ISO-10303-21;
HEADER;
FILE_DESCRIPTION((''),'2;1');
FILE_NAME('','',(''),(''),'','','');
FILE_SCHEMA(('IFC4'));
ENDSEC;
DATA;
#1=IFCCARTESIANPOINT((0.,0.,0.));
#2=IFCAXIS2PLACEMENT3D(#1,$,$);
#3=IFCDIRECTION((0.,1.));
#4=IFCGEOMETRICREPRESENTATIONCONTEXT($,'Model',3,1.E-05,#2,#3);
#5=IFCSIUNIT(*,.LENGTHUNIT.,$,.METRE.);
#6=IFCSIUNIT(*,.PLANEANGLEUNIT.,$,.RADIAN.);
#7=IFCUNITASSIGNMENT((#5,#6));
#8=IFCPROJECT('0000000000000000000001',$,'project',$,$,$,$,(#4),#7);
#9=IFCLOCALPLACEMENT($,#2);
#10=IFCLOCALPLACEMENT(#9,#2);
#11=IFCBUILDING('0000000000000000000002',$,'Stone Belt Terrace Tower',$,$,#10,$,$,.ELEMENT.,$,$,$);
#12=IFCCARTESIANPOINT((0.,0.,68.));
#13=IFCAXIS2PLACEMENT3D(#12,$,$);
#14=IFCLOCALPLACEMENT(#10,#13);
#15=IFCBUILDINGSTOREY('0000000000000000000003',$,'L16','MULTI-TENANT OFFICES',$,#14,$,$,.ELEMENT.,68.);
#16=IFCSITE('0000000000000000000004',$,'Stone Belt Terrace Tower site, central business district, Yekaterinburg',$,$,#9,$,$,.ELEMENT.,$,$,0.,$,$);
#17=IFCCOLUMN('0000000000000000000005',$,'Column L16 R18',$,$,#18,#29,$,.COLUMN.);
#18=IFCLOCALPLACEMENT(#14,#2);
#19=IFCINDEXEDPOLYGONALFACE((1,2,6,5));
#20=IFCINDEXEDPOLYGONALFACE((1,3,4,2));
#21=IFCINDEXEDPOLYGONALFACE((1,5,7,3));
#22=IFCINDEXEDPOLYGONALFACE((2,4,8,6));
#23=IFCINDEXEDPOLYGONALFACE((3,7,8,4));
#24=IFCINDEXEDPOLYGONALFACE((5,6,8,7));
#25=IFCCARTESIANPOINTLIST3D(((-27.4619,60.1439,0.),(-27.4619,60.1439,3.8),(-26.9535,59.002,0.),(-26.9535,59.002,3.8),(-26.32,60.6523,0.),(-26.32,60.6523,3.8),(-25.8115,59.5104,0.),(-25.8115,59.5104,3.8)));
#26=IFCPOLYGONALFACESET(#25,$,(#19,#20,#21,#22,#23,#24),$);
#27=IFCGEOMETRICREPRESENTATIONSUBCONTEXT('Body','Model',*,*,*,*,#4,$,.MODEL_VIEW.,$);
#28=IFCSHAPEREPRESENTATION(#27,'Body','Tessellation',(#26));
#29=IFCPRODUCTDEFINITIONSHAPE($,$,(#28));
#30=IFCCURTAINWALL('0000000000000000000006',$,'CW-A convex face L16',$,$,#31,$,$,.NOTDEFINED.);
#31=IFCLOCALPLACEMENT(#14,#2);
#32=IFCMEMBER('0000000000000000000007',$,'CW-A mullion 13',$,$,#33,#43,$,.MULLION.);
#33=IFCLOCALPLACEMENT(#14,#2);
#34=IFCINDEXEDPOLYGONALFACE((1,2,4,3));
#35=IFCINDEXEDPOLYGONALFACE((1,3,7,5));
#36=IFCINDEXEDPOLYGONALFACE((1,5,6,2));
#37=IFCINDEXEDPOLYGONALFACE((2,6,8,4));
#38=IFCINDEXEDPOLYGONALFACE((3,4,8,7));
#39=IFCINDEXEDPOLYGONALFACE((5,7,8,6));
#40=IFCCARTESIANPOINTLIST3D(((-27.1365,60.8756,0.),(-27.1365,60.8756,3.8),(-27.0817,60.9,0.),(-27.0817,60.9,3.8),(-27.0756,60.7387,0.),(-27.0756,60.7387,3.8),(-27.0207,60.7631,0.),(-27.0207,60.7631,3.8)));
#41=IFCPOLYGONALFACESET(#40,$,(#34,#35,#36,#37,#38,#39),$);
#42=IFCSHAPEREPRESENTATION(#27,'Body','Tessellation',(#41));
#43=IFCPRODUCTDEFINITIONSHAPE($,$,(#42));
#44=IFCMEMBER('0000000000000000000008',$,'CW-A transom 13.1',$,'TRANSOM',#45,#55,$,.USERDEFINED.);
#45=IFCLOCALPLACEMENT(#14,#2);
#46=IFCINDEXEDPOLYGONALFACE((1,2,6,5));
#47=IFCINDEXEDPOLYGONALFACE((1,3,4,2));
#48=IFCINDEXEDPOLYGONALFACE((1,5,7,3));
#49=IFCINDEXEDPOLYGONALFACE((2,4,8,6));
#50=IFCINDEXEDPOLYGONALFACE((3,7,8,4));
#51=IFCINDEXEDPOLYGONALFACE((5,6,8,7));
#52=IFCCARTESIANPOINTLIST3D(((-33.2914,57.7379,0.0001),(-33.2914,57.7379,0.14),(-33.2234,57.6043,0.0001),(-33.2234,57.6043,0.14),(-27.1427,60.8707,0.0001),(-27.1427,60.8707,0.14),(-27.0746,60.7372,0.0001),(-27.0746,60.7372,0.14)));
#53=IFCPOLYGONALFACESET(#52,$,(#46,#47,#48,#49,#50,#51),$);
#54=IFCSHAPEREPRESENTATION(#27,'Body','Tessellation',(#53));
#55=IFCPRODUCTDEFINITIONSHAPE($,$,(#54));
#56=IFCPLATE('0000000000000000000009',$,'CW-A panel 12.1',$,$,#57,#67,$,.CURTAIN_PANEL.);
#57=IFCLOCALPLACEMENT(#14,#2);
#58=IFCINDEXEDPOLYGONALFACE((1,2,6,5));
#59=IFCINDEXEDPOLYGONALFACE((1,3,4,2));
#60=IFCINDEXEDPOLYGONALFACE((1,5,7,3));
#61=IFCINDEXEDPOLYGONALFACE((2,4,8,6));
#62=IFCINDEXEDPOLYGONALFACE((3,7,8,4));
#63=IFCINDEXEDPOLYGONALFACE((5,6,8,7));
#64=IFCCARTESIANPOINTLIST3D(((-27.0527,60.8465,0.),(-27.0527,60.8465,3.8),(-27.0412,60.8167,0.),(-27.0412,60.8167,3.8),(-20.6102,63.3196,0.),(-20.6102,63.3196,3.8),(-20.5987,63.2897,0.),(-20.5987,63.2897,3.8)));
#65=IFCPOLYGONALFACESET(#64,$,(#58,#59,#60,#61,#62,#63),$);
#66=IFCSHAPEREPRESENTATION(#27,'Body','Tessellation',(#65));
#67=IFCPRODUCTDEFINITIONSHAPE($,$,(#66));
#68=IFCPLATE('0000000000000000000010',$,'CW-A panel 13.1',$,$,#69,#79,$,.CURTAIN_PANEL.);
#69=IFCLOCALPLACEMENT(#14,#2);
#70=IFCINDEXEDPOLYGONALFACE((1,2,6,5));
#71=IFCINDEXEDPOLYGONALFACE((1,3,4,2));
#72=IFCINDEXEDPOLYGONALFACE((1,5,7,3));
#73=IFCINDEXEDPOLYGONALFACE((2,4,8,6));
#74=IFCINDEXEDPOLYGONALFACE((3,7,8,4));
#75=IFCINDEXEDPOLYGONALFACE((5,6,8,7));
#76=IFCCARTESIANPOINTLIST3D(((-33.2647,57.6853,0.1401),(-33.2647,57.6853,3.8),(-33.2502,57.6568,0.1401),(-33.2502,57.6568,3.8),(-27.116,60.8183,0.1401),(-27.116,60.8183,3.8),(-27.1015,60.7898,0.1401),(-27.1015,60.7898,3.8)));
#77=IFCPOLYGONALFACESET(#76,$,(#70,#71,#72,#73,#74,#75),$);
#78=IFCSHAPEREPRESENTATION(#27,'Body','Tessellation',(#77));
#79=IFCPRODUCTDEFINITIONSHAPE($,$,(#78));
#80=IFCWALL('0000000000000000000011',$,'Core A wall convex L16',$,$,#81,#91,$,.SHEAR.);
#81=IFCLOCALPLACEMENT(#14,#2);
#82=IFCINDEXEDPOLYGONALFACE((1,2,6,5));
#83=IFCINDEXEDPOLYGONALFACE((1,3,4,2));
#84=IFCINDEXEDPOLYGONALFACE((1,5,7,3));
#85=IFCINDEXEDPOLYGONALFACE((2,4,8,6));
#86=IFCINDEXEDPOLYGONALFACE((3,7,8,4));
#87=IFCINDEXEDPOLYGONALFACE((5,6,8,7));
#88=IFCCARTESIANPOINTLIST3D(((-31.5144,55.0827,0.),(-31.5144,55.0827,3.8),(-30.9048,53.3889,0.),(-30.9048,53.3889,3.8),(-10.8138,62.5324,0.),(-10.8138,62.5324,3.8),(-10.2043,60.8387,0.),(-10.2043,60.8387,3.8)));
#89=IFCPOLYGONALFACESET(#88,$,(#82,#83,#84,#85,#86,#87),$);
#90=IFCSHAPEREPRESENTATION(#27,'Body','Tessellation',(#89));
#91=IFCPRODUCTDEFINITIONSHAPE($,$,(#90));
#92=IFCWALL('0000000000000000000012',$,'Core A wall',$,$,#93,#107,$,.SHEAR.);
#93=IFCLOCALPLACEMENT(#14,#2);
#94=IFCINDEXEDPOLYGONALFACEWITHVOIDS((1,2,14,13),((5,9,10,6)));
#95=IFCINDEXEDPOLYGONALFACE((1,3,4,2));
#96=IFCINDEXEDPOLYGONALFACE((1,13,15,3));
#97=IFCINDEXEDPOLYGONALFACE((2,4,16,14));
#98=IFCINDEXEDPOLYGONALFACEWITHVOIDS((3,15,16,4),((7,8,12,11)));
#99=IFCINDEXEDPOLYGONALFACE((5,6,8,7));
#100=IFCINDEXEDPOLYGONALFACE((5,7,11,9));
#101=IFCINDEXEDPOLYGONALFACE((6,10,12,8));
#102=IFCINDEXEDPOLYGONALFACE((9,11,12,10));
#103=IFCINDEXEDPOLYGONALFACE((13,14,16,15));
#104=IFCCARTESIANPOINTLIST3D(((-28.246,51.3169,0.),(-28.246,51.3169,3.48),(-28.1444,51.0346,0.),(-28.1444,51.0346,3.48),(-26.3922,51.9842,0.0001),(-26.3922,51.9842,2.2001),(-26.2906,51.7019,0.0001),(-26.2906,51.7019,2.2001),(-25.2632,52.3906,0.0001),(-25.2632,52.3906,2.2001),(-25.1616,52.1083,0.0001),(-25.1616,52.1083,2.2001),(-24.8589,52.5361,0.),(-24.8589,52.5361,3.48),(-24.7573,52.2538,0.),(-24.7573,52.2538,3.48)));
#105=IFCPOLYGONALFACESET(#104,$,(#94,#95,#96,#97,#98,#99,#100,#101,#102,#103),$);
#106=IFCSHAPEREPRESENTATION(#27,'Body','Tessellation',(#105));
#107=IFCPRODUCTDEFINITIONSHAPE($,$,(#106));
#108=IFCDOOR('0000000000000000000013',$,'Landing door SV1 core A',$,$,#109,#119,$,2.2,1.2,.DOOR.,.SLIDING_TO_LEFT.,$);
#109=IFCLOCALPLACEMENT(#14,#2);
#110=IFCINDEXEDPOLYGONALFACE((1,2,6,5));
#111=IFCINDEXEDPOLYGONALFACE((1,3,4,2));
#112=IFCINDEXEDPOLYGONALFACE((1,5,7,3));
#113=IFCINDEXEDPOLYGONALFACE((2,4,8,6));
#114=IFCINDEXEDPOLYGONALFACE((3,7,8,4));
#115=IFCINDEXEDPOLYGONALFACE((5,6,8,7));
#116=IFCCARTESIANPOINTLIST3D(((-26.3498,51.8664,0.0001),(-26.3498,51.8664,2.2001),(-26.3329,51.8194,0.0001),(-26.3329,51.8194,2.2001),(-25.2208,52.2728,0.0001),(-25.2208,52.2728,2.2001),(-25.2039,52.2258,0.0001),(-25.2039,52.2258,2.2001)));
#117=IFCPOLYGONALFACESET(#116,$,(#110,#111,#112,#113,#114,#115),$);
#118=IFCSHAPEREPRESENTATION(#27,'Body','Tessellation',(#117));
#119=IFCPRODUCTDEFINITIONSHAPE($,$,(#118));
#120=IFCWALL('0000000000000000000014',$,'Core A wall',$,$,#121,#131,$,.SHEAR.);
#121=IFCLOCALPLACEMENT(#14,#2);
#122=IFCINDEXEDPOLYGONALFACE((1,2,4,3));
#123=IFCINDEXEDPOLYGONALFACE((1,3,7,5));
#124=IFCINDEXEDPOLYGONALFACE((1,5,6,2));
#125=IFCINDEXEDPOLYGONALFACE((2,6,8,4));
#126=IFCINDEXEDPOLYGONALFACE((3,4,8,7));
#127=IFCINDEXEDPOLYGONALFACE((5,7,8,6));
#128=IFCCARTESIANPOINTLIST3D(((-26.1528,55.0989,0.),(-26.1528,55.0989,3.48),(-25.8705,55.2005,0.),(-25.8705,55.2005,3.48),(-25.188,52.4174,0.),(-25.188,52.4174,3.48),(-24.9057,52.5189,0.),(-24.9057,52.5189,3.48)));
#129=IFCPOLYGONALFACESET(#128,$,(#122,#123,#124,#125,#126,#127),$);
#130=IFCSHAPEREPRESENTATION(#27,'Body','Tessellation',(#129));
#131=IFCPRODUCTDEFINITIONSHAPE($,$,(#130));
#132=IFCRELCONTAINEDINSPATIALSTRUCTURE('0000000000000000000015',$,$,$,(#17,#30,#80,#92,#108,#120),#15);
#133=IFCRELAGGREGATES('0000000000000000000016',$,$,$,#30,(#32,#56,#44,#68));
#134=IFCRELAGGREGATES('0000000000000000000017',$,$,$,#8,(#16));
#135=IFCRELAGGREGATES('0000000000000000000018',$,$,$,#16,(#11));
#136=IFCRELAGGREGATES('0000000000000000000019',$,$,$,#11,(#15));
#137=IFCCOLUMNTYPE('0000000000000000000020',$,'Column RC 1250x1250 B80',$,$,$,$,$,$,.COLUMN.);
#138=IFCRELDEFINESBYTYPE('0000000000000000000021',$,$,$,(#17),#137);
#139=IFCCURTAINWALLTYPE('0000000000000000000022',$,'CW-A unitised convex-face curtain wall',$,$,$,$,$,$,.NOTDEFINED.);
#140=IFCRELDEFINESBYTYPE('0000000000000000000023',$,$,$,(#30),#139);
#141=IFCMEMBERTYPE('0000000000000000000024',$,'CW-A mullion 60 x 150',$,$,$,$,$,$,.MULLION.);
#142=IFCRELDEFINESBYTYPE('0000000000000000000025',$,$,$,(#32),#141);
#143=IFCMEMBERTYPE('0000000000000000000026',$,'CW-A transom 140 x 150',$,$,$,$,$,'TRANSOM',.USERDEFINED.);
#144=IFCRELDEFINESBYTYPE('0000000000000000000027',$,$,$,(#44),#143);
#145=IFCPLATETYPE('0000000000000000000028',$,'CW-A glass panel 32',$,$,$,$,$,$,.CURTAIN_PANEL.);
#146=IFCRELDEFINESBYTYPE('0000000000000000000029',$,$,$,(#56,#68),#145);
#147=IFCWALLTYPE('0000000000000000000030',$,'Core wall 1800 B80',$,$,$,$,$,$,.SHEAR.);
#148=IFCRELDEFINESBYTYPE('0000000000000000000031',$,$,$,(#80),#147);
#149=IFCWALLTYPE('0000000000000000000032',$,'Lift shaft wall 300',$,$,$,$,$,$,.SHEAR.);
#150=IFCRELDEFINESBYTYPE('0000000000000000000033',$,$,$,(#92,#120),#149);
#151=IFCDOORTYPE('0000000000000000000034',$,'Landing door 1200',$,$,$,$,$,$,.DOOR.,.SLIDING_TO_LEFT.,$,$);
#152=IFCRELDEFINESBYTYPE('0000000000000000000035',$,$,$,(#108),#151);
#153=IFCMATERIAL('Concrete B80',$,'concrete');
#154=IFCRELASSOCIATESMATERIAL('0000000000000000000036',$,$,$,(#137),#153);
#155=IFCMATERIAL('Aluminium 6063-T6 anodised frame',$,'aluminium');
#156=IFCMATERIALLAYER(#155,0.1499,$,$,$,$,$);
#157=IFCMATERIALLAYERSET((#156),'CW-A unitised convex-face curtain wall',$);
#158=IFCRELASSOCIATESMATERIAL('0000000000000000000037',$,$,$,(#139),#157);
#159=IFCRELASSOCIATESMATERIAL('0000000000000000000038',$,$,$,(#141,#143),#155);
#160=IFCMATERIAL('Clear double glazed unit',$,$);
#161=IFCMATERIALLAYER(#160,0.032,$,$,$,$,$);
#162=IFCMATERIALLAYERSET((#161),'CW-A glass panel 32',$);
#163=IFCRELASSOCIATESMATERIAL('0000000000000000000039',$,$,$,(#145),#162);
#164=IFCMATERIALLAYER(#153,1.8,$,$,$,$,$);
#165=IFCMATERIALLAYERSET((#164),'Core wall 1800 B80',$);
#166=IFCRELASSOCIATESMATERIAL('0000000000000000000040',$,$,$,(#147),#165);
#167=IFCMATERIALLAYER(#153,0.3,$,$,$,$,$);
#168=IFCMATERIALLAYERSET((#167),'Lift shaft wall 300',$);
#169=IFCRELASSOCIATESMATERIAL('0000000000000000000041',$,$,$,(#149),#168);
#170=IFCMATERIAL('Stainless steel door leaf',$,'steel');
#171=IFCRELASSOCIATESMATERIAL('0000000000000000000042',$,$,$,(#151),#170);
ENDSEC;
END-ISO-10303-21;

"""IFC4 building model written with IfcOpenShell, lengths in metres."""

from ifc_helpers import new_model, si_unit, direction, frame, frame_2d, origin, origin_2d, place, context, subcontext, project, spatial, rectangle, extrude, material, layer, layer_set, material_profile, profile_set, type_object, element, fill, aggregate, save


model = new_model("IFC4")

# Units and contexts
model_context = context("Model", 3, precision=1e-05, world=origin(), true_north=direction((0.0, 1.0)))
body_context = subcontext(model_context, "Body", "Model", "MODEL_VIEW")
ifc_project = project(units=[si_unit("LENGTHUNIT", "METRE"), si_unit("PLANEANGLEUNIT", "RADIAN")], contexts=[model_context])

# Site, building, storey
site_placement = place(None, origin())
site = spatial("IfcSite", under=ifc_project, at=site_placement, Name="Stone Belt Terrace Tower site, central business district, Yekaterinburg", CompositionType="ELEMENT", RefElevation=0.0)
building_placement = place(site_placement, origin())
building = spatial("IfcBuilding", under=site, at=building_placement, Name="Stone Belt Terrace Tower", CompositionType="ELEMENT")
storey_placement = place(building_placement, frame((0.0, 0.0, 68.0)))
storey = spatial("IfcBuildingStorey", under=building, at=storey_placement, Name="L16", Description="MULTI-TENANT OFFICES", CompositionType="ELEMENT", Elevation=68.0)

# Column
ifc_material_1 = material(Name="Concrete B80", Category="concrete")
ifc_material_profile_1 = material_profile(ifc_material_1, rectangle(XDim=1.25, YDim=1.25, at=origin_2d()), Name="RC 1250x1250")
ifc_profile_set_1 = profile_set([ifc_material_profile_1], Name="Concrete B80")
column_type = type_object("IfcColumnType", Name="Column RC 1250x1250 B80", PredefinedType="COLUMN", material=ifc_profile_set_1)
column_placement = place(storey_placement, frame((-26.6367, 59.8271, 0.0), z_axis=(0.0, 0.0, 1.0), x_axis=(0.913545, 0.406737, 0.0)))
element("IfcColumn", 1, at=column_placement, inside=storey, type_object=column_type, Name="Column L16 R18", PredefinedType="COLUMN", context=body_context, shape_type="SweptSolid", body=[
    extrude(rectangle(XDim=1.25, YDim=1.25, at=origin_2d()), origin(), (0.0, 0.0, 1.0), 3.8),
])

# Curtain wall, members, plates
ifc_material_2 = material(Name="Aluminium 6063-T6 anodised frame", Category="aluminium")
ifc_layer_1 = layer(ifc_material_2, 0.1499)
ifc_layer_set_1 = layer_set([ifc_layer_1], Name="CW-A unitised convex-face curtain wall")
curtain_wall_type = type_object("IfcCurtainWallType", Name="CW-A unitised convex-face curtain wall", PredefinedType="NOTDEFINED", material=ifc_layer_set_1)
curtain_wall_placement = place(storey_placement, origin())
curtain_wall = element("IfcCurtainWall", 2, at=curtain_wall_placement, inside=storey, type_object=curtain_wall_type, Name="CW-A convex face L16", PredefinedType="NOTDEFINED")
ifc_material_profile_2 = material_profile(ifc_material_2, rectangle(XDim=0.1499, YDim=0.0601, at=origin_2d()), Name="Aluminium 6063-T6 60x150")
ifc_profile_set_2 = profile_set([ifc_material_profile_2], Name="Aluminium 6063-T6 anodised frame")
member_type_1 = type_object("IfcMemberType", Name="CW-A mullion 60 x 150", PredefinedType="MULLION", material=ifc_profile_set_2)
member_1_placement = place(storey_placement, frame((-27.0786, 60.8193, 0.0), z_axis=(0.0, 0.0, 1.0), x_axis=(0.406737, -0.913545, 0.0)))
member_1 = element("IfcMember", 3, at=member_1_placement, type_object=member_type_1, Name="CW-A mullion 13", PredefinedType="MULLION", context=body_context, shape_type="SweptSolid", body=[
    extrude(rectangle(XDim=0.1499, YDim=0.0601, at=origin_2d()), origin(), (0.0, 0.0, 1.0), 3.8),
])
ifc_material_profile_3 = material_profile(ifc_material_2, rectangle(XDim=0.1499, YDim=0.1399, at=origin_2d()), Name="Aluminium 6063-T6 150x140")
ifc_profile_set_3 = profile_set([ifc_material_profile_3], Name="Aluminium 6063-T6 anodised frame")
member_type_2 = type_object("IfcMemberType", Name="CW-A transom 140 x 150", ElementType="TRANSOM", PredefinedType="USERDEFINED", material=ifc_profile_set_3)
member_2_placement = place(storey_placement, frame((-27.1086, 60.804, 0.0701), z_axis=(-0.891012, -0.453979, 0.0), x_axis=(0.453979, -0.891012, 0.0)))
member_2 = element("IfcMember", 4, at=member_2_placement, type_object=member_type_2, Name="CW-A transom 13.1", ObjectType="TRANSOM", PredefinedType="USERDEFINED", context=body_context, shape_type="SweptSolid", body=[
    extrude(rectangle(XDim=0.1499, YDim=0.1399, at=origin_2d()), origin(), (0.0, 0.0, 1.0), 6.9009),
])
ifc_material_3 = material(Name="Clear double glazed unit")
ifc_layer_2 = layer(ifc_material_3, 0.032)
ifc_layer_set_2 = layer_set([ifc_layer_2], Name="CW-A glass panel 32")
plate_type = type_object("IfcPlateType", Name="CW-A glass panel 32", PredefinedType="CURTAIN_PANEL", material=ifc_layer_set_2)
plate_1_placement = place(storey_placement, frame((-23.8257, 62.0681, 0.0), z_axis=(0.0, 0.0, 1.0), x_axis=(-0.93358, -0.358368, 0.0)))
plate_1 = element("IfcPlate", 5, at=plate_1_placement, type_object=plate_type, Name="CW-A panel 12.1", PredefinedType="CURTAIN_PANEL", context=body_context, shape_type="SweptSolid", body=[
    extrude(rectangle(XDim=6.9009, YDim=0.032, at=origin_2d()), origin(), (0.0, 0.0, 1.0), 3.8),
])
plate_2_placement = place(storey_placement, frame((-30.1831, 59.2375, 0.1401), z_axis=(0.0, 0.0, 1.0), x_axis=(-0.891007, -0.45399, 0.0)))
plate_2 = element("IfcPlate", 6, at=plate_2_placement, type_object=plate_type, Name="CW-A panel 13.1", PredefinedType="CURTAIN_PANEL", context=body_context, shape_type="SweptSolid", body=[
    extrude(rectangle(XDim=6.9009, YDim=0.032, at=origin_2d()), origin(), (0.0, 0.0, 1.0), 3.6599),
])
aggregate(curtain_wall, [member_1, plate_1, member_2, plate_2])

# Wall
ifc_layer_3 = layer(ifc_material_1, 1.8)
ifc_layer_set_3 = layer_set([ifc_layer_3], Name="Core wall 1800 B80")
wall_type_1 = type_object("IfcWallType", Name="Core wall 1800 B80", PredefinedType="SHEAR", material=ifc_layer_set_3)
wall_1_placement = place(storey_placement, frame((-31.2095, 54.2358, 0.0), z_axis=(0.0, 0.0, 1.0), x_axis=(0.940923, 0.338621, 0.0)))
element("IfcWall", 7, at=wall_1_placement, inside=storey, type_object=wall_type_1, Name="Core A wall convex L16", PredefinedType="SHEAR", context=body_context, shape_type="SweptSolid", body=[
    extrude(rectangle(XDim=22.0002, YDim=1.8, at=frame_2d((11.0, 0.0))), origin(), (0.0, 0.0, 1.0), 3.8),
])

# Wall, opening, door
ifc_layer_4 = layer(ifc_material_1, 0.3)
ifc_layer_set_4 = layer_set([ifc_layer_4], Name="Lift shaft wall 300")
wall_type_2 = type_object("IfcWallType", Name="Lift shaft wall 300", PredefinedType="SHEAR", material=ifc_layer_set_4)
wall_2_placement = place(storey_placement, frame((-28.1951, 51.1758, 0.0), z_axis=(0.0, 0.0, 1.0), x_axis=(0.940901, 0.338681, 0.0)))
wall_2 = element("IfcWall", 8, at=wall_2_placement, inside=storey, type_object=wall_type_2, Name="Core A wall", PredefinedType="SHEAR", context=body_context, shape_type="SweptSolid", body=[
    extrude(rectangle(XDim=3.5999, YDim=0.3, at=frame_2d((1.7998, 0.0))), origin(), (0.0, 0.0, 1.0), 3.48),
])
opening_1_placement = place(wall_2_placement, frame((1.97, 0.0, 0.0)))
opening_1 = element("IfcOpeningElement", 9, at=opening_1_placement, cuts=wall_2, PredefinedType="OPENING", context=body_context, shape_type="SweptSolid", body=[
    extrude(rectangle(XDim=1.2, YDim=2.2, at=frame_2d((0.6001, 1.1001))), frame((0.0, 0.1599, 0.0), z_axis=(0.0, -1.0, 0.0), x_axis=(1.0, 0.0, 0.0)), (0.0, 0.0, 1.0), 0.3201),
])
ifc_material_4 = material(Name="Stainless steel door leaf", Category="steel")
door_type_1 = type_object("IfcDoorType", Name="Landing door 1200", OperationType="SLIDING_TO_LEFT", PredefinedType="DOOR", material=ifc_material_4)
door_1_placement = place(opening_1_placement, origin())
door_1 = element("IfcDoor", 10, at=door_1_placement, inside=storey, type_object=door_type_1, Name="Landing door SV1 core A", OperationType="SLIDING_TO_LEFT", OverallHeight=2.2, OverallWidth=1.2, PredefinedType="DOOR", context=body_context, shape_type="SweptSolid", body=[
    extrude(rectangle(XDim=1.2, YDim=2.2, at=frame_2d((0.6001, 1.1001))), frame((0.0, 0.0249, 0.0), z_axis=(0.0, -1.0, 0.0), x_axis=(1.0, 0.0, 0.0)), (0.0, 0.0, 1.0), 0.05),
])
fill(opening_1, door_1)

# Wall
wall_3_placement = place(storey_placement, frame((-25.0469, 52.4683, 0.0), z_axis=(0.0, 0.0, 1.0), x_axis=(-0.33855, 0.940949, 0.0)))
element("IfcWall", 11, at=wall_3_placement, inside=storey, type_object=wall_type_2, Name="Core A wall", PredefinedType="SHEAR", context=body_context, shape_type="SweptSolid", body=[
    extrude(rectangle(XDim=2.8499, YDim=0.3, at=frame_2d((1.4248, 0.0))), origin(), (0.0, 0.0, 1.0), 3.48),
])

save(model, "model.ifc")
